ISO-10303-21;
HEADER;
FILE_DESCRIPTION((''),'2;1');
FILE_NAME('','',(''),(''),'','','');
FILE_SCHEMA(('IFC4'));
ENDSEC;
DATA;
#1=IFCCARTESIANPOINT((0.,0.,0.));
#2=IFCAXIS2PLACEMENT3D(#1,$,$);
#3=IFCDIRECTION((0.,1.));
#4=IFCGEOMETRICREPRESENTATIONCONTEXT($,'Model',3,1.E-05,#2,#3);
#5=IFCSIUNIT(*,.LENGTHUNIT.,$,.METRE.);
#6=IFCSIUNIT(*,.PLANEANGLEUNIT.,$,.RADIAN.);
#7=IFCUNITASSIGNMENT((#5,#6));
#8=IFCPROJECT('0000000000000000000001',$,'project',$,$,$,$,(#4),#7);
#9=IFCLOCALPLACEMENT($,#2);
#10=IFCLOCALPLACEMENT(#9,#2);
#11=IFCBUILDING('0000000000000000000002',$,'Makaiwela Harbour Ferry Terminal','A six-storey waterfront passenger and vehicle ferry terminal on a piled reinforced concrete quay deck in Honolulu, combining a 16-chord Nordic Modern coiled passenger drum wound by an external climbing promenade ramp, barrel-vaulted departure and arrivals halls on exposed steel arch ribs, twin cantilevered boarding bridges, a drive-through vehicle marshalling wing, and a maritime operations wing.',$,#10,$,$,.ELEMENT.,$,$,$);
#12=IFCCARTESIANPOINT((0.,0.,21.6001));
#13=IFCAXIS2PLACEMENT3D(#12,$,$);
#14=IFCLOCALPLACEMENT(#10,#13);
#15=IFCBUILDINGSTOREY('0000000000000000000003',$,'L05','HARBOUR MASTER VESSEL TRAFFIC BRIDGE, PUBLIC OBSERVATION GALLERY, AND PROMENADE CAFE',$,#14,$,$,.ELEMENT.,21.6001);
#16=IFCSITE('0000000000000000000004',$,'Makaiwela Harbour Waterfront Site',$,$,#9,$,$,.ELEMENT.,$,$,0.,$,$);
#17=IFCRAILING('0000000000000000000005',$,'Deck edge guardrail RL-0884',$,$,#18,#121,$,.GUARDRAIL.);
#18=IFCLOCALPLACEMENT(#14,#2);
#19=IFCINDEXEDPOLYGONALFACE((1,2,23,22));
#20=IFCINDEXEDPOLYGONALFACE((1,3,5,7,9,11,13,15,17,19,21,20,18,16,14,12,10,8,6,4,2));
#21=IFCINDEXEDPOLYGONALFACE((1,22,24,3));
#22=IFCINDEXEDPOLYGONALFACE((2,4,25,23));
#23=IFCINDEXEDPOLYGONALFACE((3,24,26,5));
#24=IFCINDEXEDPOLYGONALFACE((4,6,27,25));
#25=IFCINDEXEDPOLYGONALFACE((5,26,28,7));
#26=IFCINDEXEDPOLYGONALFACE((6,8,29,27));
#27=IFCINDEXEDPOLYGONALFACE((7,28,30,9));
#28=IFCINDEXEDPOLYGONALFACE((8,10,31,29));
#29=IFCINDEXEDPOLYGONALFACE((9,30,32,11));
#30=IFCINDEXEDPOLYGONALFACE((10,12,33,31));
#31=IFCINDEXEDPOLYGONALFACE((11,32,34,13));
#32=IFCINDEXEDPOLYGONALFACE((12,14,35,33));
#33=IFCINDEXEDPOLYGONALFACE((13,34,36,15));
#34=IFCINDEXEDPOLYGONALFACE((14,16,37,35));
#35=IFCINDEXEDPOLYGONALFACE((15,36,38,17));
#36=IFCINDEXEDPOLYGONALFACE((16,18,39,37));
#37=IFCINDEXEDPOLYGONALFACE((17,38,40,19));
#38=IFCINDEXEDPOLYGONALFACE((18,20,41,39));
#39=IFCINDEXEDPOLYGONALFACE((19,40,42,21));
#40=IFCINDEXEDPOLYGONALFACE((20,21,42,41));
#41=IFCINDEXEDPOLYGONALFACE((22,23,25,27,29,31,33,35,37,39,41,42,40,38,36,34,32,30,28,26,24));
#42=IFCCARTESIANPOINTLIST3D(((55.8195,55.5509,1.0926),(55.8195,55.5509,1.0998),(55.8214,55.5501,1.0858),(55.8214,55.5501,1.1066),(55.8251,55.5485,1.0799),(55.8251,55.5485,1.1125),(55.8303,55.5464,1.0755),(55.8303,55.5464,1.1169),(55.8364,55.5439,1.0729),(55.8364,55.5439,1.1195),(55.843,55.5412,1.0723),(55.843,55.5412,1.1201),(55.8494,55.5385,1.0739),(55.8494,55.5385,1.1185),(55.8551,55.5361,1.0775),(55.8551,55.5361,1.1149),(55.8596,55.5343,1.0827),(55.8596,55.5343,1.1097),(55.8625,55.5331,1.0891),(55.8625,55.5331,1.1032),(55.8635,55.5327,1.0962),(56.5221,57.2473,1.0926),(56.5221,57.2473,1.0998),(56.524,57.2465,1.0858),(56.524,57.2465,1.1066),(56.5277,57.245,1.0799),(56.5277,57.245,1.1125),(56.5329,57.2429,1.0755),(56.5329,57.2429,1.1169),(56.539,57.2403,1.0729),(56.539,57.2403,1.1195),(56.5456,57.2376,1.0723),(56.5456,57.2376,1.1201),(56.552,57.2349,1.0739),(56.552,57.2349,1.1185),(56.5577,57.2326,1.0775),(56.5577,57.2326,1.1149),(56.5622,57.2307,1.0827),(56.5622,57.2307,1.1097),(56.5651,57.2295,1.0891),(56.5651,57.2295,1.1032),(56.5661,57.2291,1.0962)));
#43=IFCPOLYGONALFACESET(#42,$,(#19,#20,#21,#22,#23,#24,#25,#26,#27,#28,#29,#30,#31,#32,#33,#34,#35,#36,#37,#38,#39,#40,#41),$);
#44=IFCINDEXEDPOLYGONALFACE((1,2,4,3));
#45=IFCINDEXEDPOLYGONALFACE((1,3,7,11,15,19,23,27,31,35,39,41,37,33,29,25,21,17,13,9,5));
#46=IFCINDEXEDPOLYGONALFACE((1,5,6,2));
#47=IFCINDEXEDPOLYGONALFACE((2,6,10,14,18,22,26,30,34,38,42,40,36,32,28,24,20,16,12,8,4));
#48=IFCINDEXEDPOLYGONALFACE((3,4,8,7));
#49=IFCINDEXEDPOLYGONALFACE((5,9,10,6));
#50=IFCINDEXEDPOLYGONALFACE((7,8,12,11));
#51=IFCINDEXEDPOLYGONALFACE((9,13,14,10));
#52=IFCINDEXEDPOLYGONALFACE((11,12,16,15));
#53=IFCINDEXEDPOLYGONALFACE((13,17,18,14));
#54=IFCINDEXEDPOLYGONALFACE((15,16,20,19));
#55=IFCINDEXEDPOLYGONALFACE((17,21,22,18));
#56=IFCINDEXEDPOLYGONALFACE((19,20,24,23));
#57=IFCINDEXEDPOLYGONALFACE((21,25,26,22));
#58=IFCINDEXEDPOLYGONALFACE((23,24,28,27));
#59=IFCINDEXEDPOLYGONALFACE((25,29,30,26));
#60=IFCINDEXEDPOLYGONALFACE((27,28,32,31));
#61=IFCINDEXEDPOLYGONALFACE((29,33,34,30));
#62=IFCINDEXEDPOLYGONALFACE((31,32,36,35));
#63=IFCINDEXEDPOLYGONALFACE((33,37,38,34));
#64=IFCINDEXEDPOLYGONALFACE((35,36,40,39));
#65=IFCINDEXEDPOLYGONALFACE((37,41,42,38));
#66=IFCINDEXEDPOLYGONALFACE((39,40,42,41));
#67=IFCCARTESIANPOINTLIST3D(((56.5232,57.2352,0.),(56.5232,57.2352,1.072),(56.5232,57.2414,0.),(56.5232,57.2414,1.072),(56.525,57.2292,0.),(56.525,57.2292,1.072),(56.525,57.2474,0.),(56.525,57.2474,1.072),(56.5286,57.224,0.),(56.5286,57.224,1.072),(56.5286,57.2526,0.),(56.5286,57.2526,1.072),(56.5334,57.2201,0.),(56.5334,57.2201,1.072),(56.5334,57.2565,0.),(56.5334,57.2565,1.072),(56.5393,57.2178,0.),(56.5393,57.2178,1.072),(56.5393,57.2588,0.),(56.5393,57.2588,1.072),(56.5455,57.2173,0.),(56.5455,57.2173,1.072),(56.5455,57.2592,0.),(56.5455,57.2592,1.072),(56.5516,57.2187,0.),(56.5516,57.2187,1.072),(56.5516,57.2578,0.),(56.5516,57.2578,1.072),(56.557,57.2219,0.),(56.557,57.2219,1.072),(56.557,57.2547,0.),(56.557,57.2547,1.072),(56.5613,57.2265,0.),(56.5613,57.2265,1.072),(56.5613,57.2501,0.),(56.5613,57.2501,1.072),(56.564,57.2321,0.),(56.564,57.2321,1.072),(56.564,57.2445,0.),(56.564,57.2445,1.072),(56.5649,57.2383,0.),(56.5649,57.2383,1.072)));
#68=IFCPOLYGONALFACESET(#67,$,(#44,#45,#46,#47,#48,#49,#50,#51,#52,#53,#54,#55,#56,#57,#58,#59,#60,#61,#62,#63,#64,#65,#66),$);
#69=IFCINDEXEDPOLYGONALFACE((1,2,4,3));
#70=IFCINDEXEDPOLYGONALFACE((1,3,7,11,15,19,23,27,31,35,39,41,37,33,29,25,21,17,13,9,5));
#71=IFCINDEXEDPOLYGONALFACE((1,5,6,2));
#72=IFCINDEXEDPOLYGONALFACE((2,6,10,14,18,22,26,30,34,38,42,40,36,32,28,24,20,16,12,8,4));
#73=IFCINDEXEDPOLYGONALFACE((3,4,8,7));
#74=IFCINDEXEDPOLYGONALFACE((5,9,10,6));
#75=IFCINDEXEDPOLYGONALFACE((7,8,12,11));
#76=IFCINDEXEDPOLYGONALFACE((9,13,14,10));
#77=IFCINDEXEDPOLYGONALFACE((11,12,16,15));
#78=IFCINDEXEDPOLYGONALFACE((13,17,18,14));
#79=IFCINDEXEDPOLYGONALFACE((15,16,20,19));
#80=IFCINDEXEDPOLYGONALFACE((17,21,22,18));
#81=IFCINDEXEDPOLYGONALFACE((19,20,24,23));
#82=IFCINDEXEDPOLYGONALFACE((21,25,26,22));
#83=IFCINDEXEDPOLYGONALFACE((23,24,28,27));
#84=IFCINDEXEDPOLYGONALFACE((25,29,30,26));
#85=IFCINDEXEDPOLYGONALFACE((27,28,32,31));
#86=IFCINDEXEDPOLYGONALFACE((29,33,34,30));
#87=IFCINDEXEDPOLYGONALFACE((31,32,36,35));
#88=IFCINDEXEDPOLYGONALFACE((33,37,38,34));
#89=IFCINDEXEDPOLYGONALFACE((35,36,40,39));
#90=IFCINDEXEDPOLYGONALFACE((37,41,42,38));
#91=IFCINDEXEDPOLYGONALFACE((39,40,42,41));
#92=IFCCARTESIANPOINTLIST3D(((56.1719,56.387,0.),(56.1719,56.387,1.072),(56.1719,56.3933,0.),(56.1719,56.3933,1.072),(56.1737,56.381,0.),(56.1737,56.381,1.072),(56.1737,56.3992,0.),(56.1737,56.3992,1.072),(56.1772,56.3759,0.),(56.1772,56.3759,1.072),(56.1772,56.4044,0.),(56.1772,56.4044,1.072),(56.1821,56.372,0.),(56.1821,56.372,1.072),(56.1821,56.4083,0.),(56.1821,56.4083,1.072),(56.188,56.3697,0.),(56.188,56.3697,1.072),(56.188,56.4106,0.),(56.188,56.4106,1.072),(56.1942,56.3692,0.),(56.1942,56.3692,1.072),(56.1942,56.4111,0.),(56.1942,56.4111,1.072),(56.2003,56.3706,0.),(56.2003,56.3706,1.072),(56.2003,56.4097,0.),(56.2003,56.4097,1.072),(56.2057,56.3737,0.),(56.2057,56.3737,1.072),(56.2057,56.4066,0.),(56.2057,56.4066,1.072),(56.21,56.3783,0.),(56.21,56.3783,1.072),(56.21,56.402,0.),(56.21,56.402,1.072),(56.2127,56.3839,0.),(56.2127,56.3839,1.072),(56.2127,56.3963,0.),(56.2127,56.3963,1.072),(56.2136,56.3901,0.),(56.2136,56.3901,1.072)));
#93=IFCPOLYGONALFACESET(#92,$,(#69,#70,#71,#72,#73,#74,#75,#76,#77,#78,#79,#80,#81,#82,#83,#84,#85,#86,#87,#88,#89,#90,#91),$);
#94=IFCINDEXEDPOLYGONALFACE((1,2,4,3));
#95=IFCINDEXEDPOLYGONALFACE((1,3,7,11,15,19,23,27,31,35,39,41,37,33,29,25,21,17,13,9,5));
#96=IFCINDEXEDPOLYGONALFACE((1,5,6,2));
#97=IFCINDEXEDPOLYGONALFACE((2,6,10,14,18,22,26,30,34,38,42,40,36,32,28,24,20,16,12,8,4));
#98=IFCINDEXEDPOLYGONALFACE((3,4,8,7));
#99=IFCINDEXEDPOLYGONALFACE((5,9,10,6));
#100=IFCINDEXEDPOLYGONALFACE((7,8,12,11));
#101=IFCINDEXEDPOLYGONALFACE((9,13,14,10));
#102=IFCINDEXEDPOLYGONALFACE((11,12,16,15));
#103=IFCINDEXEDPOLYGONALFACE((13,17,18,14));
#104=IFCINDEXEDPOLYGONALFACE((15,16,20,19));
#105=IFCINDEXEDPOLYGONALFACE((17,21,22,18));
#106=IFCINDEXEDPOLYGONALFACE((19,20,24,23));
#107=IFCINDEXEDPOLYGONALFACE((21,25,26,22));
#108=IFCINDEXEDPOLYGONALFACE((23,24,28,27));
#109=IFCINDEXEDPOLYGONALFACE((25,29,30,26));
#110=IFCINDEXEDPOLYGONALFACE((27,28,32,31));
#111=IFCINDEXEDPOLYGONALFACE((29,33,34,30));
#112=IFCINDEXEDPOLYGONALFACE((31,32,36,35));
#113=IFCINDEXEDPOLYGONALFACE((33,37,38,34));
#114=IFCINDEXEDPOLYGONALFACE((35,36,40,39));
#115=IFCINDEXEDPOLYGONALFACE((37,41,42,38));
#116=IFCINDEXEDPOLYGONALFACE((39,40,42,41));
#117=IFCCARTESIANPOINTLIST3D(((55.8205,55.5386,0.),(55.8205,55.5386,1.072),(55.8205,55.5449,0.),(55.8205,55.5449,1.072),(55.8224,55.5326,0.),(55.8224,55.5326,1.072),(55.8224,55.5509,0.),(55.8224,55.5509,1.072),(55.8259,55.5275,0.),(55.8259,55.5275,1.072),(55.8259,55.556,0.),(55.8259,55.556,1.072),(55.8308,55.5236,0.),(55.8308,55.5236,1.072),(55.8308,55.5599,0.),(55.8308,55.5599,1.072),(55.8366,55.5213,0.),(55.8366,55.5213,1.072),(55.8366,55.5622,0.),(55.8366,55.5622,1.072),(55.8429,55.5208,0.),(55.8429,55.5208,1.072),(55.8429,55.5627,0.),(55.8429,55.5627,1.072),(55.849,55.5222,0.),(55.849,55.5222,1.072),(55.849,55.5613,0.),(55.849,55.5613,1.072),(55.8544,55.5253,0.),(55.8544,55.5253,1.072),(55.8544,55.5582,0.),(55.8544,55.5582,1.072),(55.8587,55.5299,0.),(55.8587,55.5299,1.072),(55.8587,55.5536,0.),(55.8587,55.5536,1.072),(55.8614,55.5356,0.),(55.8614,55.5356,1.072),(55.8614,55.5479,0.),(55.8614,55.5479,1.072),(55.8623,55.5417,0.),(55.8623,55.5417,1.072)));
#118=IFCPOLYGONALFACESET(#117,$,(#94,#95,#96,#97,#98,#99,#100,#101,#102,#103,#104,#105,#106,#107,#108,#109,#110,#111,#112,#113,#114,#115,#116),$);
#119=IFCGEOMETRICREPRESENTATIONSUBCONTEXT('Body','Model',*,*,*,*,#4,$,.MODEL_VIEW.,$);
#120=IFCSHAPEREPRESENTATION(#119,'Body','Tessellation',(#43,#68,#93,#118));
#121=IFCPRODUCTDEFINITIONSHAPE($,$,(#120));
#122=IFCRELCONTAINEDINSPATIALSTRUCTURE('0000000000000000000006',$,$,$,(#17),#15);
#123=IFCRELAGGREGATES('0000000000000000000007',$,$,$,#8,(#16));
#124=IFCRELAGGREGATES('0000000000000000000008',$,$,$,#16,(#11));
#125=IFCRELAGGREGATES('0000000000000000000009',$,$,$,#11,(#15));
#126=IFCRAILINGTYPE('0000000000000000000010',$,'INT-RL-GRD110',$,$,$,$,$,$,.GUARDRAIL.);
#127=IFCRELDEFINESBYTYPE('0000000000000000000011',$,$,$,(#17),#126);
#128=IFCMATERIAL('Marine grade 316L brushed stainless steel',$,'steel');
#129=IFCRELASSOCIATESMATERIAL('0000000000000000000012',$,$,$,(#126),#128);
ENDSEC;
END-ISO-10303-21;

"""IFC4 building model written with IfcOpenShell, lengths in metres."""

from ifc_helpers import new_model, si_unit, direction, frame, origin, origin_2d, place, context, subcontext, project, spatial, circle, extrude, material, type_object, element, save


model = new_model("IFC4")

# Units and contexts
model_context = context("Model", 3, precision=1e-05, world=origin(), true_north=direction((0.0, 1.0)))
body_context = subcontext(model_context, "Body", "Model", "MODEL_VIEW")
ifc_project = project(units=[si_unit("LENGTHUNIT", "METRE"), si_unit("PLANEANGLEUNIT", "RADIAN")], contexts=[model_context])

# Site, building, storey
site_placement = place(None, origin())
site = spatial("IfcSite", under=ifc_project, at=site_placement, Name="Makaiwela Harbour Waterfront Site", CompositionType="ELEMENT", RefElevation=0.0)
building_placement = place(site_placement, origin())
building = spatial("IfcBuilding", under=site, at=building_placement, Name="Makaiwela Harbour Ferry Terminal", Description="A six-storey waterfront passenger and vehicle ferry terminal on a piled reinforced concrete quay deck in Honolulu, combining a 16-chord Nordic Modern coiled passenger drum wound by an external climbing promenade ramp, barrel-vaulted departure and arrivals halls on exposed steel arch ribs, twin cantilevered boarding bridges, a drive-through vehicle marshalling wing, and a maritime operations wing.", CompositionType="ELEMENT")
storey_placement = place(building_placement, frame((0.0, 0.0, 21.6001)))
storey = spatial("IfcBuildingStorey", under=building, at=storey_placement, Name="L05", Description="HARBOUR MASTER VESSEL TRAFFIC BRIDGE, PUBLIC OBSERVATION GALLERY, AND PROMENADE CAFE", CompositionType="ELEMENT", Elevation=21.6001)

# Railing
ifc_material_1 = material(Name="Marine grade 316L brushed stainless steel", Category="steel")
railing_type = type_object("IfcRailingType", Name="INT-RL-GRD110", PredefinedType="GUARDRAIL", material=ifc_material_1)
railing_1_placement = place(storey_placement, frame((56.5439, 57.2383, 0.0)))
element("IfcRailing", 1, at=railing_1_placement, inside=storey, type_object=railing_type, Name="Deck edge guardrail RL-0884", PredefinedType="GUARDRAIL", context=body_context, shape_type="SweptSolid", body=[
    extrude(circle(Radius=0.0239, at=origin_2d()), frame((0.0, 0.0, 1.0962), z_axis=(-0.382641, -0.923897, 0.0), x_axis=(0.923897, -0.382641, 0.0)), (0.0, 0.0, 1.0), 1.8362),
    extrude(circle(Radius=0.021, at=origin_2d()), origin(), (0.0, 0.0, 1.0), 1.072),
    extrude(circle(Radius=0.021, at=origin_2d()), frame((-0.3513, -0.8481, 0.0)), (0.0, 0.0, 1.0), 1.072),
    extrude(circle(Radius=0.021, at=origin_2d()), frame((-0.7026, -1.6965, 0.0)), (0.0, 0.0, 1.0), 1.072),
])

save(model, "model.ifc")
